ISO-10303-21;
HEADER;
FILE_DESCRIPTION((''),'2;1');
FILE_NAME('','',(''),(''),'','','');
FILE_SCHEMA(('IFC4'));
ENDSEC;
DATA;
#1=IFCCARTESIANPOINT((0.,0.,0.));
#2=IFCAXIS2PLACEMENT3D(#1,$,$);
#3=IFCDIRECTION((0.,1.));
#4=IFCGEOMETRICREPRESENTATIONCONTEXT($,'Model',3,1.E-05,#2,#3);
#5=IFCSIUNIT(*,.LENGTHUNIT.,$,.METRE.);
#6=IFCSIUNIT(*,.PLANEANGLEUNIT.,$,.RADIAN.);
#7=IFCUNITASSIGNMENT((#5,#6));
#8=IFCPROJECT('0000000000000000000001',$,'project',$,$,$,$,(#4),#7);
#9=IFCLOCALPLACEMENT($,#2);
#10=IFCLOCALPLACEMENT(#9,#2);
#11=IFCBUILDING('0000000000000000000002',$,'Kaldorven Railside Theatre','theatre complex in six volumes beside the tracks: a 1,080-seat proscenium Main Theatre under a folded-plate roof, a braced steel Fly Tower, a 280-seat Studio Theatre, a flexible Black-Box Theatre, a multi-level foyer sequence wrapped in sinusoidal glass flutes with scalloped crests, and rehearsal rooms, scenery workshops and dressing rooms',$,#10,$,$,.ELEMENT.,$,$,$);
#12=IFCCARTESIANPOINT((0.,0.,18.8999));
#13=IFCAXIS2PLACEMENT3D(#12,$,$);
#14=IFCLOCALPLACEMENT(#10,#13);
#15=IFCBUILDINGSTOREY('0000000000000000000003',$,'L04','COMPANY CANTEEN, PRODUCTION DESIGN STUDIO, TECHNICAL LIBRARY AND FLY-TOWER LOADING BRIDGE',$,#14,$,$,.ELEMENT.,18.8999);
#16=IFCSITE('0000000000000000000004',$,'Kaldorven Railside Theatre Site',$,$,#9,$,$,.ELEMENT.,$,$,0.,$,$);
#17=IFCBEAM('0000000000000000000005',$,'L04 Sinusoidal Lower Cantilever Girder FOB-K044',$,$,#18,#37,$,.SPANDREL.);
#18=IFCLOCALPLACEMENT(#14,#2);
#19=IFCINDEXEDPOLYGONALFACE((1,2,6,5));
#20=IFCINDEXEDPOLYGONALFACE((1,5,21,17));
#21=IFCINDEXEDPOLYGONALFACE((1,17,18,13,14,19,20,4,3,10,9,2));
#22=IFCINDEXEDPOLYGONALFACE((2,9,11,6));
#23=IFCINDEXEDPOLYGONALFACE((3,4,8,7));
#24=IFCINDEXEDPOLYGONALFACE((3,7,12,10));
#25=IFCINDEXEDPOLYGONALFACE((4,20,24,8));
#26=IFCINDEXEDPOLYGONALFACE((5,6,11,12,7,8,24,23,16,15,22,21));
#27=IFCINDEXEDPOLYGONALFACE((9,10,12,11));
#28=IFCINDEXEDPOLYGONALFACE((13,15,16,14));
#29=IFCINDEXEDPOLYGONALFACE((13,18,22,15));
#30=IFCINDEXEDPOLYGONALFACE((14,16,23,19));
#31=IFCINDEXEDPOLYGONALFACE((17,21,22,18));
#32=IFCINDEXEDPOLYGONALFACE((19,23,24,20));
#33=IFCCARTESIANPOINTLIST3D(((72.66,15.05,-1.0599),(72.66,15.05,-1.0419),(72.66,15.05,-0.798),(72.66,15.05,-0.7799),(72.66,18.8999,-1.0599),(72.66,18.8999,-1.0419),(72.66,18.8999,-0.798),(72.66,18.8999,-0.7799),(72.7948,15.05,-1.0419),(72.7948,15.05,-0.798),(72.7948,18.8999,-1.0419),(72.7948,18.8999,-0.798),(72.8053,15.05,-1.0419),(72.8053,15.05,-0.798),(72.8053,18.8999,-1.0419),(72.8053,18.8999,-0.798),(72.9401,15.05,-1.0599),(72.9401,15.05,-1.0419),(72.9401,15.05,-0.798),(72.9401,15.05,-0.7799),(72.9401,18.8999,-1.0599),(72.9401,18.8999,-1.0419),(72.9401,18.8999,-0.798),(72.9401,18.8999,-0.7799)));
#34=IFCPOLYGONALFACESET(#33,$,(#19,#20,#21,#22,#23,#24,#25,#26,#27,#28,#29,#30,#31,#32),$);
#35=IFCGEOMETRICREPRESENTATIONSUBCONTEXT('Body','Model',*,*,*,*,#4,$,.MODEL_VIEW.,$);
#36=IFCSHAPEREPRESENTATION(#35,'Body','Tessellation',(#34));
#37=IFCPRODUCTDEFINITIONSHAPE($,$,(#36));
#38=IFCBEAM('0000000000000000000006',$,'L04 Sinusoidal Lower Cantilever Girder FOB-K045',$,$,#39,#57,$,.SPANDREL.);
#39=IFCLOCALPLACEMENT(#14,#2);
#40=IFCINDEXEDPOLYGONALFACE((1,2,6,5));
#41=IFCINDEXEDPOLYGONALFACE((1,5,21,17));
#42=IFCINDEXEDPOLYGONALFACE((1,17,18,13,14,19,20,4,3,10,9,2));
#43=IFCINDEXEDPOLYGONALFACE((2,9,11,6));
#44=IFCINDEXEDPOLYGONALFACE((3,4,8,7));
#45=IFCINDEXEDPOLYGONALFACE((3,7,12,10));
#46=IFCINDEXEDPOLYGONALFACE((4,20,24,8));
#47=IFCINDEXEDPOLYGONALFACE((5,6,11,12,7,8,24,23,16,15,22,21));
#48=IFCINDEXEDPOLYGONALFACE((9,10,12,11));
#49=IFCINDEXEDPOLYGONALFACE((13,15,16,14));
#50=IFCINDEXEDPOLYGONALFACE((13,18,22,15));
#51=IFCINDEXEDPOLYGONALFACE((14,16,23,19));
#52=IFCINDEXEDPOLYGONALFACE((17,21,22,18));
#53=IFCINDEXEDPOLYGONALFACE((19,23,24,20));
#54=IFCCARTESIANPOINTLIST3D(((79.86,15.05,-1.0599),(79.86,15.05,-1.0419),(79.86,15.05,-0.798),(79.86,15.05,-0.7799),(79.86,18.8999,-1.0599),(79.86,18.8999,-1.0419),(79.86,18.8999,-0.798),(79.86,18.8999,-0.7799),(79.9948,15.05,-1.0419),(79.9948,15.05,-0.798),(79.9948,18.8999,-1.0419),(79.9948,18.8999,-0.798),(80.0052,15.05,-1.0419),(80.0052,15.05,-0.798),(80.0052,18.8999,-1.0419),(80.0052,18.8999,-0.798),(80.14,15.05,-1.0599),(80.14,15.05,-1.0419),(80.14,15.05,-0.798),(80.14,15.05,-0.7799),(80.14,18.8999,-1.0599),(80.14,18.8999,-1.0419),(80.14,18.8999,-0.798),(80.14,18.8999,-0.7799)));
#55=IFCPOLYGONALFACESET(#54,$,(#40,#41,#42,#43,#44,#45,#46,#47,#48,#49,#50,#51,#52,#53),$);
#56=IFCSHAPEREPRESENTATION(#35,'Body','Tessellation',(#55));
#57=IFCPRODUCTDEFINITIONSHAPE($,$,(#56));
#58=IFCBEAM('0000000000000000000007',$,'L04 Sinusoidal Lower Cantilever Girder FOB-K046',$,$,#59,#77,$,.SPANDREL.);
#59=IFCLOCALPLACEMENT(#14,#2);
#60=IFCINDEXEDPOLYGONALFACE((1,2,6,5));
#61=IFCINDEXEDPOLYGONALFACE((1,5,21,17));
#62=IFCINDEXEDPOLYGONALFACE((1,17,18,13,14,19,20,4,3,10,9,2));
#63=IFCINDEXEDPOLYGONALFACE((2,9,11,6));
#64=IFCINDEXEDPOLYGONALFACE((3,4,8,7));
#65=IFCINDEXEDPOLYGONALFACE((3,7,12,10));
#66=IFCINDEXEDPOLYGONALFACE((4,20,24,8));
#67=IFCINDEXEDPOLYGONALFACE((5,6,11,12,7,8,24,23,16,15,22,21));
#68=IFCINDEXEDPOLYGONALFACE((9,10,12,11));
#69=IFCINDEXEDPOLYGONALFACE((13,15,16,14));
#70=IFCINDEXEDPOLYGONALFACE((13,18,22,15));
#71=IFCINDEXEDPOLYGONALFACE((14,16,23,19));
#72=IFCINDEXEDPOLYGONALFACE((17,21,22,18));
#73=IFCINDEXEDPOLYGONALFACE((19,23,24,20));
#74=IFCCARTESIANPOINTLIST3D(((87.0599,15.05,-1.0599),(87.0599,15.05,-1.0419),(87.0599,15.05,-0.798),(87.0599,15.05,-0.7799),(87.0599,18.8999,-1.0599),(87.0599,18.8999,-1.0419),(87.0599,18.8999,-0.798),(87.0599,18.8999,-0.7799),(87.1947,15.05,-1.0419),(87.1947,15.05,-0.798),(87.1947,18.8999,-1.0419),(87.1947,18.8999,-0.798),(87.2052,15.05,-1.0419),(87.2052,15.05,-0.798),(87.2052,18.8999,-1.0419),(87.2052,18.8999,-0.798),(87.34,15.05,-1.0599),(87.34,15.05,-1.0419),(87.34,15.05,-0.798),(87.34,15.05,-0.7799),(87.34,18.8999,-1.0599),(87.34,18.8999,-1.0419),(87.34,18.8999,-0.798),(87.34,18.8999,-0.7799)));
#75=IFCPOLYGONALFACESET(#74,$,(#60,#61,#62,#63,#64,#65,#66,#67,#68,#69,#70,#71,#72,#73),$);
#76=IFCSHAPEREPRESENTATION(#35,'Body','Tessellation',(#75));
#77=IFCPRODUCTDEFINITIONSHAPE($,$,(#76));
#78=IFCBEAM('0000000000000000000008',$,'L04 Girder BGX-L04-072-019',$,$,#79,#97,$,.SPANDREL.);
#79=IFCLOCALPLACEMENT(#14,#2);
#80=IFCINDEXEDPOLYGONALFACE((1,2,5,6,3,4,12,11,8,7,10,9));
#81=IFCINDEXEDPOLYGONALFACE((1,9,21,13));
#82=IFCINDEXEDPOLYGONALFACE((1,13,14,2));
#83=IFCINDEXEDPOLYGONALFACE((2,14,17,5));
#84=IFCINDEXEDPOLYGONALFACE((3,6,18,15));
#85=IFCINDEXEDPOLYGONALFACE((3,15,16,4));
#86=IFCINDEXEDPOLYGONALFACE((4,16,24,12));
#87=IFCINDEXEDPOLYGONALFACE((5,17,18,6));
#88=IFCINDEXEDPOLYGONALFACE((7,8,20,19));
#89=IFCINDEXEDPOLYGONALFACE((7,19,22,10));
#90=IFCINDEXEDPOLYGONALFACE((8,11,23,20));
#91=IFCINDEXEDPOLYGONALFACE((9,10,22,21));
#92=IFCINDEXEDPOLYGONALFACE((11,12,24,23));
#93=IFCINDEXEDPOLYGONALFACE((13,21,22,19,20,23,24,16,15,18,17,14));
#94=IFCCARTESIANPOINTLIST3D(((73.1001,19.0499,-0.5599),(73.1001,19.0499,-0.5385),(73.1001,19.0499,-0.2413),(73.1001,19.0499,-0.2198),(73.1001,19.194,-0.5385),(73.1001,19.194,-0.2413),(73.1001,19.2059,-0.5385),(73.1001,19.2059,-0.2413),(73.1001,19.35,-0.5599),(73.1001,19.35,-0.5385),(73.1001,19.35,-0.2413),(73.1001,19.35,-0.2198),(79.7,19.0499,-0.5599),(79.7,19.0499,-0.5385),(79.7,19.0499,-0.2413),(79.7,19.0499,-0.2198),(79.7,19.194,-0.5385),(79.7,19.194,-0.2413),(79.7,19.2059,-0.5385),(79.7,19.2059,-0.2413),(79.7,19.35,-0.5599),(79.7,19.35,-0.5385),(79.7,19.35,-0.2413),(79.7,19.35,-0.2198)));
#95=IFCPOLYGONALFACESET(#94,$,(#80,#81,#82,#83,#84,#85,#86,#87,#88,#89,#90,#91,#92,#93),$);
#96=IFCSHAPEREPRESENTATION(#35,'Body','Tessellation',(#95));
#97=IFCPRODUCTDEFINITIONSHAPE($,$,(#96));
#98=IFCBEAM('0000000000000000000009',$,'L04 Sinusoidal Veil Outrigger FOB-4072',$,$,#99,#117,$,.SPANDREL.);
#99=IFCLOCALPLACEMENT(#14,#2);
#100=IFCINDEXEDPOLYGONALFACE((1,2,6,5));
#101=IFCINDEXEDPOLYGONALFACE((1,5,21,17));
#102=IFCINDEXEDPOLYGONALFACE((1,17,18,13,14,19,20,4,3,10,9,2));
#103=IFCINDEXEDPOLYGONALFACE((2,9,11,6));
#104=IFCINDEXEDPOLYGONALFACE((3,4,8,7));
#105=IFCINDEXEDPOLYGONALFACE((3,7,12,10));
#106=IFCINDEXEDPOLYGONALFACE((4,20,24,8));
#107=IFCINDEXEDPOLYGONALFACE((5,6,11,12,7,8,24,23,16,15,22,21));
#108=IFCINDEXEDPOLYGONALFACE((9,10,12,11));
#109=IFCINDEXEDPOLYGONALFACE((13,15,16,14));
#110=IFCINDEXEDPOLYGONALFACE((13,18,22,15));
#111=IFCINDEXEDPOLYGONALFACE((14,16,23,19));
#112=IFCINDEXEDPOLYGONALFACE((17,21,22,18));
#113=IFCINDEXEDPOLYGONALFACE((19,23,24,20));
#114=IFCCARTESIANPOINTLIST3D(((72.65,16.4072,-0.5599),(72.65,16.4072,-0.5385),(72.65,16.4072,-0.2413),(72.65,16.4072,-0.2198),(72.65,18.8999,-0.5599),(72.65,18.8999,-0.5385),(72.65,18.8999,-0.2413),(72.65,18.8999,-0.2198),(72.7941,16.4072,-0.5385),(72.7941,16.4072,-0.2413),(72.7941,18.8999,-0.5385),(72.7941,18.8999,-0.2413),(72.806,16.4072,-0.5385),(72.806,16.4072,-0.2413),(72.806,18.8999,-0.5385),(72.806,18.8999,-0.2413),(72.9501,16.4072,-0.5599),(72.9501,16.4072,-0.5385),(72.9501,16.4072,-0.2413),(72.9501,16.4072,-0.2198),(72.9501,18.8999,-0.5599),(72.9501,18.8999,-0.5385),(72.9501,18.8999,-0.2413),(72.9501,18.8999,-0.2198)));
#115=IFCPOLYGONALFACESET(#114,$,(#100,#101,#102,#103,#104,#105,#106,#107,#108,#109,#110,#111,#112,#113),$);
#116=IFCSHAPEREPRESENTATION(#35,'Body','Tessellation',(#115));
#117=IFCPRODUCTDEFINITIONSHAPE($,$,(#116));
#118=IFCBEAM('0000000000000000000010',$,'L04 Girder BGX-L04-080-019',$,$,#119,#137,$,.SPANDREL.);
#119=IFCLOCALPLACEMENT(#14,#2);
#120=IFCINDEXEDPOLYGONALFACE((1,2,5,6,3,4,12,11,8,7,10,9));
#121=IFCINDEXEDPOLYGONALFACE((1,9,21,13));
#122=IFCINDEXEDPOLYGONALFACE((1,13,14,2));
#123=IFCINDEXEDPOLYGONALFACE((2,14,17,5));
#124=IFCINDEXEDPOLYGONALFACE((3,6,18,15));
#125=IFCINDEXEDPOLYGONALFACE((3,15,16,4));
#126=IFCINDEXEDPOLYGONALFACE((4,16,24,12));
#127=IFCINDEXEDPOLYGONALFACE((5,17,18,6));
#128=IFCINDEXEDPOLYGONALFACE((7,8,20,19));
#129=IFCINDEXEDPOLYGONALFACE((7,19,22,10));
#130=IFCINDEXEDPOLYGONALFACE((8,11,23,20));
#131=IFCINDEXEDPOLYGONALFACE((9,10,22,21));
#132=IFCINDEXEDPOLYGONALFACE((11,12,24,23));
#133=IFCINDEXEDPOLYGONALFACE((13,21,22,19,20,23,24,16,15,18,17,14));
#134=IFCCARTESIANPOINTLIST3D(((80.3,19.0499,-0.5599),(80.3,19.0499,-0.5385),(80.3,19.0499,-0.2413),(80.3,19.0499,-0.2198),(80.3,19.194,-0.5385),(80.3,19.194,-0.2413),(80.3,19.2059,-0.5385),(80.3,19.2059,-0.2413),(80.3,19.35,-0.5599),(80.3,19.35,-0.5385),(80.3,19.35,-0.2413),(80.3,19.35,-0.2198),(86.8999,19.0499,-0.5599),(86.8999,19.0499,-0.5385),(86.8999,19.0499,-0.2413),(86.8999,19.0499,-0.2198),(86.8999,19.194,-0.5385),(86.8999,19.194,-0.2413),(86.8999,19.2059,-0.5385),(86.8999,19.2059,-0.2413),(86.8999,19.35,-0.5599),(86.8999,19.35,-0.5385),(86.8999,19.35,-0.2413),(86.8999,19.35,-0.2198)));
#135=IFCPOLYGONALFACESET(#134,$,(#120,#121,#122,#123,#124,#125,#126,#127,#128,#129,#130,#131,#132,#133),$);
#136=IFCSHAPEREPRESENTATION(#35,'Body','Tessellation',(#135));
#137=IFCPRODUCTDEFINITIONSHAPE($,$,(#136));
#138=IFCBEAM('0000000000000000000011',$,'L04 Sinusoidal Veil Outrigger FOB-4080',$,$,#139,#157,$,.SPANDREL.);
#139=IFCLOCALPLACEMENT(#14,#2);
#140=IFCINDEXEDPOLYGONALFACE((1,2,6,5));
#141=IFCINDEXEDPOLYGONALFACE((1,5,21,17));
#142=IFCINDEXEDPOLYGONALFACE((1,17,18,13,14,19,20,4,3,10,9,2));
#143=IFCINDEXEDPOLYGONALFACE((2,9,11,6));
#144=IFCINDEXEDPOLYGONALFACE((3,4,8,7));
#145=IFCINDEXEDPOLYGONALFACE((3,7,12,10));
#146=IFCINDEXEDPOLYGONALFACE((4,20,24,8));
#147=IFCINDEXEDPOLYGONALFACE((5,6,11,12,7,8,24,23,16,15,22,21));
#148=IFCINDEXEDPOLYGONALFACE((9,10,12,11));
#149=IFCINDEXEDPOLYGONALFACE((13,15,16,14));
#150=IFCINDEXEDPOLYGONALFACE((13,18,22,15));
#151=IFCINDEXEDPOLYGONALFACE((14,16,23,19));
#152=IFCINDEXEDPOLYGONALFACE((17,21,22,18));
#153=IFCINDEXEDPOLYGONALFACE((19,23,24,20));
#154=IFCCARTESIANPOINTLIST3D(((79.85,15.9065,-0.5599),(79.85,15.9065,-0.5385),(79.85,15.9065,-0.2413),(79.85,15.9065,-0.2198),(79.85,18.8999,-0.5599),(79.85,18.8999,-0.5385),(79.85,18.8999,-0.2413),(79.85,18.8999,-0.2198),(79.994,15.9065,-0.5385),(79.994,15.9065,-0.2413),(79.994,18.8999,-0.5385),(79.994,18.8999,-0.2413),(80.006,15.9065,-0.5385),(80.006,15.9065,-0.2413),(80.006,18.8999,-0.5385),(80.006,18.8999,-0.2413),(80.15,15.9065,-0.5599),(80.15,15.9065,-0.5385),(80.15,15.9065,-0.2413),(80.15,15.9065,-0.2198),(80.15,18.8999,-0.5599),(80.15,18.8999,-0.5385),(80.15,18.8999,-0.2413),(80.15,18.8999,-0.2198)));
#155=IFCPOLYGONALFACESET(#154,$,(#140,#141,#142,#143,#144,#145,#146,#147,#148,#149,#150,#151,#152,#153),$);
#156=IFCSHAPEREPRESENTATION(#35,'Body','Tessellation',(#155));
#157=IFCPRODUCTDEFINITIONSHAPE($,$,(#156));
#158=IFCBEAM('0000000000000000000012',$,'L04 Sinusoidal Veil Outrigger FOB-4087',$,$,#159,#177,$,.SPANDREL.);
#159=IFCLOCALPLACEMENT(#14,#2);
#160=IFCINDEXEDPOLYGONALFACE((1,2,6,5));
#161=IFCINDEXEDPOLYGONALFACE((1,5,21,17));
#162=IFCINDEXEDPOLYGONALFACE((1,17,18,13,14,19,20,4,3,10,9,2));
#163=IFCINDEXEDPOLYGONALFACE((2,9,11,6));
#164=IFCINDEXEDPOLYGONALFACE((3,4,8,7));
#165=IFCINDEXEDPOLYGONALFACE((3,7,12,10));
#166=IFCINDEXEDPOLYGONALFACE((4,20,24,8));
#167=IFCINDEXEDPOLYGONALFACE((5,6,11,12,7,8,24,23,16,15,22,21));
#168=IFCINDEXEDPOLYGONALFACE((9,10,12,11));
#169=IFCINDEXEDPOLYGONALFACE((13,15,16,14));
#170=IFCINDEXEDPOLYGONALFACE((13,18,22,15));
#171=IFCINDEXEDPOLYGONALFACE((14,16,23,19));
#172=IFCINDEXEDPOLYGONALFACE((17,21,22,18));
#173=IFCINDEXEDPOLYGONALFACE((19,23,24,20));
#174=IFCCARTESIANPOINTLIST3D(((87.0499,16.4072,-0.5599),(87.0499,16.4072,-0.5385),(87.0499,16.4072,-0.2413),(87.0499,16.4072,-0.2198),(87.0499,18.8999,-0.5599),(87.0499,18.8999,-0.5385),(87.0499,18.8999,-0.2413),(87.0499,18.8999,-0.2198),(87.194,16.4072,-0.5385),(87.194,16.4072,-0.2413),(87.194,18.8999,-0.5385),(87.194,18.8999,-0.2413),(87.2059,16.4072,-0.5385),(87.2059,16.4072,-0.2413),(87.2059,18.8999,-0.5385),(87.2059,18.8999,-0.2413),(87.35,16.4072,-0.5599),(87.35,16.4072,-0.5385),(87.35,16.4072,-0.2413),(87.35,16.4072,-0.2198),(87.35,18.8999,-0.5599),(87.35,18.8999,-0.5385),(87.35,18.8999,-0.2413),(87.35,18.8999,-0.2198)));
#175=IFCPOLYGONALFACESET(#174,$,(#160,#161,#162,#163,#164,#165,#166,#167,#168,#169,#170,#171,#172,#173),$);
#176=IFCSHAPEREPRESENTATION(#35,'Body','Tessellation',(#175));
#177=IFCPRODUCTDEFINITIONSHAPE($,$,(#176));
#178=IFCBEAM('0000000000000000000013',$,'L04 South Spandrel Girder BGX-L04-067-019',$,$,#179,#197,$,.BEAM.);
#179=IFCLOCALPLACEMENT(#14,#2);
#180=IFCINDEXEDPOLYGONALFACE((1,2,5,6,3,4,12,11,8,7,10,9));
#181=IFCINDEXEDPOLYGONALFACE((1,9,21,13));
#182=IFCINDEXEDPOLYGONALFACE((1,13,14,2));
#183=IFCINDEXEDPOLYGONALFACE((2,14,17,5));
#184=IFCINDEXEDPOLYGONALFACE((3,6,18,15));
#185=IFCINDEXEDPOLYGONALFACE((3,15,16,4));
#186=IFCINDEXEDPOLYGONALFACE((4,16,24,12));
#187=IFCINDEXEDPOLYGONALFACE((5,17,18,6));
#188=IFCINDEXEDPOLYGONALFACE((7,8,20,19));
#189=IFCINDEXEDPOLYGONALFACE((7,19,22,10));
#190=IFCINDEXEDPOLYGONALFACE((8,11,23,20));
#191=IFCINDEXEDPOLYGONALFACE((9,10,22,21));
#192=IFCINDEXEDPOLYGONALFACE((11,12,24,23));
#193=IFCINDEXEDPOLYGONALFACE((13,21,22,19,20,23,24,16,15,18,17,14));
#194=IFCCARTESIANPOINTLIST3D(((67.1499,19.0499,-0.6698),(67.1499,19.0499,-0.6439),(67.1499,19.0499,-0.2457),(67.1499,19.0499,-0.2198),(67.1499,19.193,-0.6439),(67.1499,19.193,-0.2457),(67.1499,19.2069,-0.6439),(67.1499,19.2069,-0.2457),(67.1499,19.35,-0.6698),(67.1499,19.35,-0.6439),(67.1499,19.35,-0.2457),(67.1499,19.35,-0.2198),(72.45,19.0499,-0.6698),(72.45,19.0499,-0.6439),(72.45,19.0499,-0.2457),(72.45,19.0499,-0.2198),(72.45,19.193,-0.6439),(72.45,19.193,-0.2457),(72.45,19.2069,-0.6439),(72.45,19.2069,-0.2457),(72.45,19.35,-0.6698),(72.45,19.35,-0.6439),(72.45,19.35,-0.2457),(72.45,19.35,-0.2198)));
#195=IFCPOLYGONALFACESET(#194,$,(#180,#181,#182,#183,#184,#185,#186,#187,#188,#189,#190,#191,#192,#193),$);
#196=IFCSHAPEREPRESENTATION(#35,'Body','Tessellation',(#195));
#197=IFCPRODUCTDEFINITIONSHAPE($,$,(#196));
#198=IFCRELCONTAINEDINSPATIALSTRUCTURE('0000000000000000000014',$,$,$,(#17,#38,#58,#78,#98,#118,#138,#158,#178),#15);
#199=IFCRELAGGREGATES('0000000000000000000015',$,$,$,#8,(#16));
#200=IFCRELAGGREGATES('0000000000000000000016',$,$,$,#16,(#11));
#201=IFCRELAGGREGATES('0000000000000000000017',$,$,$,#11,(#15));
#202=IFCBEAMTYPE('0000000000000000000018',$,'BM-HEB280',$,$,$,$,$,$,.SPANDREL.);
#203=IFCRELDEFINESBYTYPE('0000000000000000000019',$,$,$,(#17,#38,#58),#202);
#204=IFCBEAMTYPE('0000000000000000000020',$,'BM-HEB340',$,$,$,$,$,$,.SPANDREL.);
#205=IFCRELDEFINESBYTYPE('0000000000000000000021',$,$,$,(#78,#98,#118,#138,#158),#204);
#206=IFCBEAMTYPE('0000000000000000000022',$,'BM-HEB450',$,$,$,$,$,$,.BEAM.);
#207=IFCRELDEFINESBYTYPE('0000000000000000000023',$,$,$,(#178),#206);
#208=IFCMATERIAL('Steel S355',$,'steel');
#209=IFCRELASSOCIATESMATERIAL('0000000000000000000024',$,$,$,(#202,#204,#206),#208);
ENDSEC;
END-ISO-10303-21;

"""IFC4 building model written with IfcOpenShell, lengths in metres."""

from ifc_helpers import new_model, si_unit, direction, frame, origin, origin_2d, place, context, subcontext, project, spatial, i_section, extrude, material, material_profile, profile_set, type_object, element, save


model = new_model("IFC4")

# Units and contexts
model_context = context("Model", 3, precision=1e-05, world=origin(), true_north=direction((0.0, 1.0)))
body_context = subcontext(model_context, "Body", "Model", "MODEL_VIEW")
ifc_project = project(units=[si_unit("LENGTHUNIT", "METRE"), si_unit("PLANEANGLEUNIT", "RADIAN")], contexts=[model_context])

# Site, building, storey
site_placement = place(None, origin())
site = spatial("IfcSite", under=ifc_project, at=site_placement, Name="Kaldorven Railside Theatre Site", CompositionType="ELEMENT", RefElevation=0.0)
building_placement = place(site_placement, origin())
building = spatial("IfcBuilding", under=site, at=building_placement, Name="Kaldorven Railside Theatre", Description="theatre complex in six volumes beside the tracks: a 1,080-seat proscenium Main Theatre under a folded-plate roof, a braced steel Fly Tower, a 280-seat Studio Theatre, a flexible Black-Box Theatre, a multi-level foyer sequence wrapped in sinusoidal glass flutes with scalloped crests, and rehearsal rooms, scenery workshops and dressing rooms", CompositionType="ELEMENT")
storey_placement = place(building_placement, frame((0.0, 0.0, 18.8999)))
storey = spatial("IfcBuildingStorey", under=building, at=storey_placement, Name="L04", Description="COMPANY CANTEEN, PRODUCTION DESIGN STUDIO, TECHNICAL LIBRARY AND FLY-TOWER LOADING BRIDGE", CompositionType="ELEMENT", Elevation=18.8999)

# Beams
ifc_material_1 = material(Name="Steel S355", Category="steel")
ifc_material_profile_1 = material_profile(ifc_material_1, i_section(OverallWidth=0.28, OverallDepth=0.28, WebThickness=0.0105, FlangeThickness=0.0181, at=origin_2d()), Name="HEB 280")
ifc_profile_set_1 = profile_set([ifc_material_profile_1], Name="Steel S355")
beam_type_1 = type_object("IfcBeamType", Name="BM-HEB280", PredefinedType="SPANDREL", material=ifc_profile_set_1)
for number, where, z_axis, x_axis, name in (
    (1, (72.8, 15.05, -0.9199), (0.0, 1.0, 0.0), (-1.0, 0.0, 0.0), "L04 Sinusoidal Lower Cantilever Girder FOB-K044"),
    (2, (80.0, 15.05, -0.9199), (0.0, 1.0, 0.0), (-1.0, 0.0, 0.0), "L04 Sinusoidal Lower Cantilever Girder FOB-K045"),
    (3, (87.2, 15.05, -0.9199), (0.0, 1.0, 0.0), (-1.0, 0.0, 0.0), "L04 Sinusoidal Lower Cantilever Girder FOB-K046"),
):
    element("IfcBeam", number, at=place(storey_placement, frame(where, z_axis=z_axis, x_axis=x_axis)), inside=storey, type_object=beam_type_1, Name=name, PredefinedType="SPANDREL", context=body_context, shape_type="SweptSolid", body=[
        extrude(i_section(OverallWidth=0.28, OverallDepth=0.28, WebThickness=0.0105, FlangeThickness=0.0181, at=origin_2d()), origin(), (0.0, 0.0, 1.0), 3.8499),
    ])
ifc_material_profile_2 = material_profile(ifc_material_1, i_section(OverallWidth=0.3, OverallDepth=0.3401, WebThickness=0.012, FlangeThickness=0.0215, at=origin_2d()), Name="HEB 340")
ifc_profile_set_2 = profile_set([ifc_material_profile_2], Name="Steel S355")
beam_type_2 = type_object("IfcBeamType", Name="BM-HEB340", PredefinedType="SPANDREL", material=ifc_profile_set_2)
beam_1_placement = place(storey_placement, frame((73.1001, 19.2, -0.3899), z_axis=(1.0, 0.0, 0.0), x_axis=(0.0, 1.0, 0.0)))
element("IfcBeam", 4, at=beam_1_placement, inside=storey, type_object=beam_type_2, Name="L04 Girder BGX-L04-072-019", PredefinedType="SPANDREL", context=body_context, shape_type="SweptSolid", body=[
    extrude(i_section(OverallWidth=0.3, OverallDepth=0.3401, WebThickness=0.012, FlangeThickness=0.0215, at=origin_2d()), origin(), (0.0, 0.0, 1.0), 6.5999),
])
beam_2_placement = place(storey_placement, frame((72.8, 16.4072, -0.3899), z_axis=(0.0, 1.0, 0.0), x_axis=(-1.0, 0.0, 0.0)))
element("IfcBeam", 5, at=beam_2_placement, inside=storey, type_object=beam_type_2, Name="L04 Sinusoidal Veil Outrigger FOB-4072", PredefinedType="SPANDREL", context=body_context, shape_type="SweptSolid", body=[
    extrude(i_section(OverallWidth=0.3, OverallDepth=0.3401, WebThickness=0.012, FlangeThickness=0.0215, at=origin_2d()), origin(), (0.0, 0.0, 1.0), 2.4927),
])
beam_3_placement = place(storey_placement, frame((80.3, 19.2, -0.3899), z_axis=(1.0, 0.0, 0.0), x_axis=(0.0, 1.0, 0.0)))
element("IfcBeam", 6, at=beam_3_placement, inside=storey, type_object=beam_type_2, Name="L04 Girder BGX-L04-080-019", PredefinedType="SPANDREL", context=body_context, shape_type="SweptSolid", body=[
    extrude(i_section(OverallWidth=0.3, OverallDepth=0.3401, WebThickness=0.012, FlangeThickness=0.0215, at=origin_2d()), origin(), (0.0, 0.0, 1.0), 6.5999),
])
beam_4_placement = place(storey_placement, frame((80.0, 15.9065, -0.3899), z_axis=(0.0, 1.0, 0.0), x_axis=(-1.0, 0.0, 0.0)))
element("IfcBeam", 7, at=beam_4_placement, inside=storey, type_object=beam_type_2, Name="L04 Sinusoidal Veil Outrigger FOB-4080", PredefinedType="SPANDREL", context=body_context, shape_type="SweptSolid", body=[
    extrude(i_section(OverallWidth=0.3, OverallDepth=0.3401, WebThickness=0.012, FlangeThickness=0.0215, at=origin_2d()), origin(), (0.0, 0.0, 1.0), 2.9934),
])
beam_5_placement = place(storey_placement, frame((87.2, 16.4072, -0.3899), z_axis=(0.0, 1.0, 0.0), x_axis=(-1.0, 0.0, 0.0)))
element("IfcBeam", 8, at=beam_5_placement, inside=storey, type_object=beam_type_2, Name="L04 Sinusoidal Veil Outrigger FOB-4087", PredefinedType="SPANDREL", context=body_context, shape_type="SweptSolid", body=[
    extrude(i_section(OverallWidth=0.3, OverallDepth=0.3401, WebThickness=0.012, FlangeThickness=0.0215, at=origin_2d()), origin(), (0.0, 0.0, 1.0), 2.4927),
])
ifc_material_profile_3 = material_profile(ifc_material_1, i_section(OverallWidth=0.3, OverallDepth=0.45, WebThickness=0.0139, FlangeThickness=0.0259, at=origin_2d()), Name="HEB 450")
ifc_profile_set_3 = profile_set([ifc_material_profile_3], Name="Steel S355")
beam_type_3 = type_object("IfcBeamType", Name="BM-HEB450", PredefinedType="BEAM", material=ifc_profile_set_3)
beam_6_placement = place(storey_placement, frame((67.1499, 19.2, -0.4448), z_axis=(1.0, 0.0, 0.0), x_axis=(0.0, 1.0, 0.0)))
element("IfcBeam", 9, at=beam_6_placement, inside=storey, type_object=beam_type_3, Name="L04 South Spandrel Girder BGX-L04-067-019", PredefinedType="BEAM", context=body_context, shape_type="SweptSolid", body=[
    extrude(i_section(OverallWidth=0.3, OverallDepth=0.45, WebThickness=0.0139, FlangeThickness=0.0259, at=origin_2d()), origin(), (0.0, 0.0, 1.0), 5.3),
])

save(model, "model.ifc")
